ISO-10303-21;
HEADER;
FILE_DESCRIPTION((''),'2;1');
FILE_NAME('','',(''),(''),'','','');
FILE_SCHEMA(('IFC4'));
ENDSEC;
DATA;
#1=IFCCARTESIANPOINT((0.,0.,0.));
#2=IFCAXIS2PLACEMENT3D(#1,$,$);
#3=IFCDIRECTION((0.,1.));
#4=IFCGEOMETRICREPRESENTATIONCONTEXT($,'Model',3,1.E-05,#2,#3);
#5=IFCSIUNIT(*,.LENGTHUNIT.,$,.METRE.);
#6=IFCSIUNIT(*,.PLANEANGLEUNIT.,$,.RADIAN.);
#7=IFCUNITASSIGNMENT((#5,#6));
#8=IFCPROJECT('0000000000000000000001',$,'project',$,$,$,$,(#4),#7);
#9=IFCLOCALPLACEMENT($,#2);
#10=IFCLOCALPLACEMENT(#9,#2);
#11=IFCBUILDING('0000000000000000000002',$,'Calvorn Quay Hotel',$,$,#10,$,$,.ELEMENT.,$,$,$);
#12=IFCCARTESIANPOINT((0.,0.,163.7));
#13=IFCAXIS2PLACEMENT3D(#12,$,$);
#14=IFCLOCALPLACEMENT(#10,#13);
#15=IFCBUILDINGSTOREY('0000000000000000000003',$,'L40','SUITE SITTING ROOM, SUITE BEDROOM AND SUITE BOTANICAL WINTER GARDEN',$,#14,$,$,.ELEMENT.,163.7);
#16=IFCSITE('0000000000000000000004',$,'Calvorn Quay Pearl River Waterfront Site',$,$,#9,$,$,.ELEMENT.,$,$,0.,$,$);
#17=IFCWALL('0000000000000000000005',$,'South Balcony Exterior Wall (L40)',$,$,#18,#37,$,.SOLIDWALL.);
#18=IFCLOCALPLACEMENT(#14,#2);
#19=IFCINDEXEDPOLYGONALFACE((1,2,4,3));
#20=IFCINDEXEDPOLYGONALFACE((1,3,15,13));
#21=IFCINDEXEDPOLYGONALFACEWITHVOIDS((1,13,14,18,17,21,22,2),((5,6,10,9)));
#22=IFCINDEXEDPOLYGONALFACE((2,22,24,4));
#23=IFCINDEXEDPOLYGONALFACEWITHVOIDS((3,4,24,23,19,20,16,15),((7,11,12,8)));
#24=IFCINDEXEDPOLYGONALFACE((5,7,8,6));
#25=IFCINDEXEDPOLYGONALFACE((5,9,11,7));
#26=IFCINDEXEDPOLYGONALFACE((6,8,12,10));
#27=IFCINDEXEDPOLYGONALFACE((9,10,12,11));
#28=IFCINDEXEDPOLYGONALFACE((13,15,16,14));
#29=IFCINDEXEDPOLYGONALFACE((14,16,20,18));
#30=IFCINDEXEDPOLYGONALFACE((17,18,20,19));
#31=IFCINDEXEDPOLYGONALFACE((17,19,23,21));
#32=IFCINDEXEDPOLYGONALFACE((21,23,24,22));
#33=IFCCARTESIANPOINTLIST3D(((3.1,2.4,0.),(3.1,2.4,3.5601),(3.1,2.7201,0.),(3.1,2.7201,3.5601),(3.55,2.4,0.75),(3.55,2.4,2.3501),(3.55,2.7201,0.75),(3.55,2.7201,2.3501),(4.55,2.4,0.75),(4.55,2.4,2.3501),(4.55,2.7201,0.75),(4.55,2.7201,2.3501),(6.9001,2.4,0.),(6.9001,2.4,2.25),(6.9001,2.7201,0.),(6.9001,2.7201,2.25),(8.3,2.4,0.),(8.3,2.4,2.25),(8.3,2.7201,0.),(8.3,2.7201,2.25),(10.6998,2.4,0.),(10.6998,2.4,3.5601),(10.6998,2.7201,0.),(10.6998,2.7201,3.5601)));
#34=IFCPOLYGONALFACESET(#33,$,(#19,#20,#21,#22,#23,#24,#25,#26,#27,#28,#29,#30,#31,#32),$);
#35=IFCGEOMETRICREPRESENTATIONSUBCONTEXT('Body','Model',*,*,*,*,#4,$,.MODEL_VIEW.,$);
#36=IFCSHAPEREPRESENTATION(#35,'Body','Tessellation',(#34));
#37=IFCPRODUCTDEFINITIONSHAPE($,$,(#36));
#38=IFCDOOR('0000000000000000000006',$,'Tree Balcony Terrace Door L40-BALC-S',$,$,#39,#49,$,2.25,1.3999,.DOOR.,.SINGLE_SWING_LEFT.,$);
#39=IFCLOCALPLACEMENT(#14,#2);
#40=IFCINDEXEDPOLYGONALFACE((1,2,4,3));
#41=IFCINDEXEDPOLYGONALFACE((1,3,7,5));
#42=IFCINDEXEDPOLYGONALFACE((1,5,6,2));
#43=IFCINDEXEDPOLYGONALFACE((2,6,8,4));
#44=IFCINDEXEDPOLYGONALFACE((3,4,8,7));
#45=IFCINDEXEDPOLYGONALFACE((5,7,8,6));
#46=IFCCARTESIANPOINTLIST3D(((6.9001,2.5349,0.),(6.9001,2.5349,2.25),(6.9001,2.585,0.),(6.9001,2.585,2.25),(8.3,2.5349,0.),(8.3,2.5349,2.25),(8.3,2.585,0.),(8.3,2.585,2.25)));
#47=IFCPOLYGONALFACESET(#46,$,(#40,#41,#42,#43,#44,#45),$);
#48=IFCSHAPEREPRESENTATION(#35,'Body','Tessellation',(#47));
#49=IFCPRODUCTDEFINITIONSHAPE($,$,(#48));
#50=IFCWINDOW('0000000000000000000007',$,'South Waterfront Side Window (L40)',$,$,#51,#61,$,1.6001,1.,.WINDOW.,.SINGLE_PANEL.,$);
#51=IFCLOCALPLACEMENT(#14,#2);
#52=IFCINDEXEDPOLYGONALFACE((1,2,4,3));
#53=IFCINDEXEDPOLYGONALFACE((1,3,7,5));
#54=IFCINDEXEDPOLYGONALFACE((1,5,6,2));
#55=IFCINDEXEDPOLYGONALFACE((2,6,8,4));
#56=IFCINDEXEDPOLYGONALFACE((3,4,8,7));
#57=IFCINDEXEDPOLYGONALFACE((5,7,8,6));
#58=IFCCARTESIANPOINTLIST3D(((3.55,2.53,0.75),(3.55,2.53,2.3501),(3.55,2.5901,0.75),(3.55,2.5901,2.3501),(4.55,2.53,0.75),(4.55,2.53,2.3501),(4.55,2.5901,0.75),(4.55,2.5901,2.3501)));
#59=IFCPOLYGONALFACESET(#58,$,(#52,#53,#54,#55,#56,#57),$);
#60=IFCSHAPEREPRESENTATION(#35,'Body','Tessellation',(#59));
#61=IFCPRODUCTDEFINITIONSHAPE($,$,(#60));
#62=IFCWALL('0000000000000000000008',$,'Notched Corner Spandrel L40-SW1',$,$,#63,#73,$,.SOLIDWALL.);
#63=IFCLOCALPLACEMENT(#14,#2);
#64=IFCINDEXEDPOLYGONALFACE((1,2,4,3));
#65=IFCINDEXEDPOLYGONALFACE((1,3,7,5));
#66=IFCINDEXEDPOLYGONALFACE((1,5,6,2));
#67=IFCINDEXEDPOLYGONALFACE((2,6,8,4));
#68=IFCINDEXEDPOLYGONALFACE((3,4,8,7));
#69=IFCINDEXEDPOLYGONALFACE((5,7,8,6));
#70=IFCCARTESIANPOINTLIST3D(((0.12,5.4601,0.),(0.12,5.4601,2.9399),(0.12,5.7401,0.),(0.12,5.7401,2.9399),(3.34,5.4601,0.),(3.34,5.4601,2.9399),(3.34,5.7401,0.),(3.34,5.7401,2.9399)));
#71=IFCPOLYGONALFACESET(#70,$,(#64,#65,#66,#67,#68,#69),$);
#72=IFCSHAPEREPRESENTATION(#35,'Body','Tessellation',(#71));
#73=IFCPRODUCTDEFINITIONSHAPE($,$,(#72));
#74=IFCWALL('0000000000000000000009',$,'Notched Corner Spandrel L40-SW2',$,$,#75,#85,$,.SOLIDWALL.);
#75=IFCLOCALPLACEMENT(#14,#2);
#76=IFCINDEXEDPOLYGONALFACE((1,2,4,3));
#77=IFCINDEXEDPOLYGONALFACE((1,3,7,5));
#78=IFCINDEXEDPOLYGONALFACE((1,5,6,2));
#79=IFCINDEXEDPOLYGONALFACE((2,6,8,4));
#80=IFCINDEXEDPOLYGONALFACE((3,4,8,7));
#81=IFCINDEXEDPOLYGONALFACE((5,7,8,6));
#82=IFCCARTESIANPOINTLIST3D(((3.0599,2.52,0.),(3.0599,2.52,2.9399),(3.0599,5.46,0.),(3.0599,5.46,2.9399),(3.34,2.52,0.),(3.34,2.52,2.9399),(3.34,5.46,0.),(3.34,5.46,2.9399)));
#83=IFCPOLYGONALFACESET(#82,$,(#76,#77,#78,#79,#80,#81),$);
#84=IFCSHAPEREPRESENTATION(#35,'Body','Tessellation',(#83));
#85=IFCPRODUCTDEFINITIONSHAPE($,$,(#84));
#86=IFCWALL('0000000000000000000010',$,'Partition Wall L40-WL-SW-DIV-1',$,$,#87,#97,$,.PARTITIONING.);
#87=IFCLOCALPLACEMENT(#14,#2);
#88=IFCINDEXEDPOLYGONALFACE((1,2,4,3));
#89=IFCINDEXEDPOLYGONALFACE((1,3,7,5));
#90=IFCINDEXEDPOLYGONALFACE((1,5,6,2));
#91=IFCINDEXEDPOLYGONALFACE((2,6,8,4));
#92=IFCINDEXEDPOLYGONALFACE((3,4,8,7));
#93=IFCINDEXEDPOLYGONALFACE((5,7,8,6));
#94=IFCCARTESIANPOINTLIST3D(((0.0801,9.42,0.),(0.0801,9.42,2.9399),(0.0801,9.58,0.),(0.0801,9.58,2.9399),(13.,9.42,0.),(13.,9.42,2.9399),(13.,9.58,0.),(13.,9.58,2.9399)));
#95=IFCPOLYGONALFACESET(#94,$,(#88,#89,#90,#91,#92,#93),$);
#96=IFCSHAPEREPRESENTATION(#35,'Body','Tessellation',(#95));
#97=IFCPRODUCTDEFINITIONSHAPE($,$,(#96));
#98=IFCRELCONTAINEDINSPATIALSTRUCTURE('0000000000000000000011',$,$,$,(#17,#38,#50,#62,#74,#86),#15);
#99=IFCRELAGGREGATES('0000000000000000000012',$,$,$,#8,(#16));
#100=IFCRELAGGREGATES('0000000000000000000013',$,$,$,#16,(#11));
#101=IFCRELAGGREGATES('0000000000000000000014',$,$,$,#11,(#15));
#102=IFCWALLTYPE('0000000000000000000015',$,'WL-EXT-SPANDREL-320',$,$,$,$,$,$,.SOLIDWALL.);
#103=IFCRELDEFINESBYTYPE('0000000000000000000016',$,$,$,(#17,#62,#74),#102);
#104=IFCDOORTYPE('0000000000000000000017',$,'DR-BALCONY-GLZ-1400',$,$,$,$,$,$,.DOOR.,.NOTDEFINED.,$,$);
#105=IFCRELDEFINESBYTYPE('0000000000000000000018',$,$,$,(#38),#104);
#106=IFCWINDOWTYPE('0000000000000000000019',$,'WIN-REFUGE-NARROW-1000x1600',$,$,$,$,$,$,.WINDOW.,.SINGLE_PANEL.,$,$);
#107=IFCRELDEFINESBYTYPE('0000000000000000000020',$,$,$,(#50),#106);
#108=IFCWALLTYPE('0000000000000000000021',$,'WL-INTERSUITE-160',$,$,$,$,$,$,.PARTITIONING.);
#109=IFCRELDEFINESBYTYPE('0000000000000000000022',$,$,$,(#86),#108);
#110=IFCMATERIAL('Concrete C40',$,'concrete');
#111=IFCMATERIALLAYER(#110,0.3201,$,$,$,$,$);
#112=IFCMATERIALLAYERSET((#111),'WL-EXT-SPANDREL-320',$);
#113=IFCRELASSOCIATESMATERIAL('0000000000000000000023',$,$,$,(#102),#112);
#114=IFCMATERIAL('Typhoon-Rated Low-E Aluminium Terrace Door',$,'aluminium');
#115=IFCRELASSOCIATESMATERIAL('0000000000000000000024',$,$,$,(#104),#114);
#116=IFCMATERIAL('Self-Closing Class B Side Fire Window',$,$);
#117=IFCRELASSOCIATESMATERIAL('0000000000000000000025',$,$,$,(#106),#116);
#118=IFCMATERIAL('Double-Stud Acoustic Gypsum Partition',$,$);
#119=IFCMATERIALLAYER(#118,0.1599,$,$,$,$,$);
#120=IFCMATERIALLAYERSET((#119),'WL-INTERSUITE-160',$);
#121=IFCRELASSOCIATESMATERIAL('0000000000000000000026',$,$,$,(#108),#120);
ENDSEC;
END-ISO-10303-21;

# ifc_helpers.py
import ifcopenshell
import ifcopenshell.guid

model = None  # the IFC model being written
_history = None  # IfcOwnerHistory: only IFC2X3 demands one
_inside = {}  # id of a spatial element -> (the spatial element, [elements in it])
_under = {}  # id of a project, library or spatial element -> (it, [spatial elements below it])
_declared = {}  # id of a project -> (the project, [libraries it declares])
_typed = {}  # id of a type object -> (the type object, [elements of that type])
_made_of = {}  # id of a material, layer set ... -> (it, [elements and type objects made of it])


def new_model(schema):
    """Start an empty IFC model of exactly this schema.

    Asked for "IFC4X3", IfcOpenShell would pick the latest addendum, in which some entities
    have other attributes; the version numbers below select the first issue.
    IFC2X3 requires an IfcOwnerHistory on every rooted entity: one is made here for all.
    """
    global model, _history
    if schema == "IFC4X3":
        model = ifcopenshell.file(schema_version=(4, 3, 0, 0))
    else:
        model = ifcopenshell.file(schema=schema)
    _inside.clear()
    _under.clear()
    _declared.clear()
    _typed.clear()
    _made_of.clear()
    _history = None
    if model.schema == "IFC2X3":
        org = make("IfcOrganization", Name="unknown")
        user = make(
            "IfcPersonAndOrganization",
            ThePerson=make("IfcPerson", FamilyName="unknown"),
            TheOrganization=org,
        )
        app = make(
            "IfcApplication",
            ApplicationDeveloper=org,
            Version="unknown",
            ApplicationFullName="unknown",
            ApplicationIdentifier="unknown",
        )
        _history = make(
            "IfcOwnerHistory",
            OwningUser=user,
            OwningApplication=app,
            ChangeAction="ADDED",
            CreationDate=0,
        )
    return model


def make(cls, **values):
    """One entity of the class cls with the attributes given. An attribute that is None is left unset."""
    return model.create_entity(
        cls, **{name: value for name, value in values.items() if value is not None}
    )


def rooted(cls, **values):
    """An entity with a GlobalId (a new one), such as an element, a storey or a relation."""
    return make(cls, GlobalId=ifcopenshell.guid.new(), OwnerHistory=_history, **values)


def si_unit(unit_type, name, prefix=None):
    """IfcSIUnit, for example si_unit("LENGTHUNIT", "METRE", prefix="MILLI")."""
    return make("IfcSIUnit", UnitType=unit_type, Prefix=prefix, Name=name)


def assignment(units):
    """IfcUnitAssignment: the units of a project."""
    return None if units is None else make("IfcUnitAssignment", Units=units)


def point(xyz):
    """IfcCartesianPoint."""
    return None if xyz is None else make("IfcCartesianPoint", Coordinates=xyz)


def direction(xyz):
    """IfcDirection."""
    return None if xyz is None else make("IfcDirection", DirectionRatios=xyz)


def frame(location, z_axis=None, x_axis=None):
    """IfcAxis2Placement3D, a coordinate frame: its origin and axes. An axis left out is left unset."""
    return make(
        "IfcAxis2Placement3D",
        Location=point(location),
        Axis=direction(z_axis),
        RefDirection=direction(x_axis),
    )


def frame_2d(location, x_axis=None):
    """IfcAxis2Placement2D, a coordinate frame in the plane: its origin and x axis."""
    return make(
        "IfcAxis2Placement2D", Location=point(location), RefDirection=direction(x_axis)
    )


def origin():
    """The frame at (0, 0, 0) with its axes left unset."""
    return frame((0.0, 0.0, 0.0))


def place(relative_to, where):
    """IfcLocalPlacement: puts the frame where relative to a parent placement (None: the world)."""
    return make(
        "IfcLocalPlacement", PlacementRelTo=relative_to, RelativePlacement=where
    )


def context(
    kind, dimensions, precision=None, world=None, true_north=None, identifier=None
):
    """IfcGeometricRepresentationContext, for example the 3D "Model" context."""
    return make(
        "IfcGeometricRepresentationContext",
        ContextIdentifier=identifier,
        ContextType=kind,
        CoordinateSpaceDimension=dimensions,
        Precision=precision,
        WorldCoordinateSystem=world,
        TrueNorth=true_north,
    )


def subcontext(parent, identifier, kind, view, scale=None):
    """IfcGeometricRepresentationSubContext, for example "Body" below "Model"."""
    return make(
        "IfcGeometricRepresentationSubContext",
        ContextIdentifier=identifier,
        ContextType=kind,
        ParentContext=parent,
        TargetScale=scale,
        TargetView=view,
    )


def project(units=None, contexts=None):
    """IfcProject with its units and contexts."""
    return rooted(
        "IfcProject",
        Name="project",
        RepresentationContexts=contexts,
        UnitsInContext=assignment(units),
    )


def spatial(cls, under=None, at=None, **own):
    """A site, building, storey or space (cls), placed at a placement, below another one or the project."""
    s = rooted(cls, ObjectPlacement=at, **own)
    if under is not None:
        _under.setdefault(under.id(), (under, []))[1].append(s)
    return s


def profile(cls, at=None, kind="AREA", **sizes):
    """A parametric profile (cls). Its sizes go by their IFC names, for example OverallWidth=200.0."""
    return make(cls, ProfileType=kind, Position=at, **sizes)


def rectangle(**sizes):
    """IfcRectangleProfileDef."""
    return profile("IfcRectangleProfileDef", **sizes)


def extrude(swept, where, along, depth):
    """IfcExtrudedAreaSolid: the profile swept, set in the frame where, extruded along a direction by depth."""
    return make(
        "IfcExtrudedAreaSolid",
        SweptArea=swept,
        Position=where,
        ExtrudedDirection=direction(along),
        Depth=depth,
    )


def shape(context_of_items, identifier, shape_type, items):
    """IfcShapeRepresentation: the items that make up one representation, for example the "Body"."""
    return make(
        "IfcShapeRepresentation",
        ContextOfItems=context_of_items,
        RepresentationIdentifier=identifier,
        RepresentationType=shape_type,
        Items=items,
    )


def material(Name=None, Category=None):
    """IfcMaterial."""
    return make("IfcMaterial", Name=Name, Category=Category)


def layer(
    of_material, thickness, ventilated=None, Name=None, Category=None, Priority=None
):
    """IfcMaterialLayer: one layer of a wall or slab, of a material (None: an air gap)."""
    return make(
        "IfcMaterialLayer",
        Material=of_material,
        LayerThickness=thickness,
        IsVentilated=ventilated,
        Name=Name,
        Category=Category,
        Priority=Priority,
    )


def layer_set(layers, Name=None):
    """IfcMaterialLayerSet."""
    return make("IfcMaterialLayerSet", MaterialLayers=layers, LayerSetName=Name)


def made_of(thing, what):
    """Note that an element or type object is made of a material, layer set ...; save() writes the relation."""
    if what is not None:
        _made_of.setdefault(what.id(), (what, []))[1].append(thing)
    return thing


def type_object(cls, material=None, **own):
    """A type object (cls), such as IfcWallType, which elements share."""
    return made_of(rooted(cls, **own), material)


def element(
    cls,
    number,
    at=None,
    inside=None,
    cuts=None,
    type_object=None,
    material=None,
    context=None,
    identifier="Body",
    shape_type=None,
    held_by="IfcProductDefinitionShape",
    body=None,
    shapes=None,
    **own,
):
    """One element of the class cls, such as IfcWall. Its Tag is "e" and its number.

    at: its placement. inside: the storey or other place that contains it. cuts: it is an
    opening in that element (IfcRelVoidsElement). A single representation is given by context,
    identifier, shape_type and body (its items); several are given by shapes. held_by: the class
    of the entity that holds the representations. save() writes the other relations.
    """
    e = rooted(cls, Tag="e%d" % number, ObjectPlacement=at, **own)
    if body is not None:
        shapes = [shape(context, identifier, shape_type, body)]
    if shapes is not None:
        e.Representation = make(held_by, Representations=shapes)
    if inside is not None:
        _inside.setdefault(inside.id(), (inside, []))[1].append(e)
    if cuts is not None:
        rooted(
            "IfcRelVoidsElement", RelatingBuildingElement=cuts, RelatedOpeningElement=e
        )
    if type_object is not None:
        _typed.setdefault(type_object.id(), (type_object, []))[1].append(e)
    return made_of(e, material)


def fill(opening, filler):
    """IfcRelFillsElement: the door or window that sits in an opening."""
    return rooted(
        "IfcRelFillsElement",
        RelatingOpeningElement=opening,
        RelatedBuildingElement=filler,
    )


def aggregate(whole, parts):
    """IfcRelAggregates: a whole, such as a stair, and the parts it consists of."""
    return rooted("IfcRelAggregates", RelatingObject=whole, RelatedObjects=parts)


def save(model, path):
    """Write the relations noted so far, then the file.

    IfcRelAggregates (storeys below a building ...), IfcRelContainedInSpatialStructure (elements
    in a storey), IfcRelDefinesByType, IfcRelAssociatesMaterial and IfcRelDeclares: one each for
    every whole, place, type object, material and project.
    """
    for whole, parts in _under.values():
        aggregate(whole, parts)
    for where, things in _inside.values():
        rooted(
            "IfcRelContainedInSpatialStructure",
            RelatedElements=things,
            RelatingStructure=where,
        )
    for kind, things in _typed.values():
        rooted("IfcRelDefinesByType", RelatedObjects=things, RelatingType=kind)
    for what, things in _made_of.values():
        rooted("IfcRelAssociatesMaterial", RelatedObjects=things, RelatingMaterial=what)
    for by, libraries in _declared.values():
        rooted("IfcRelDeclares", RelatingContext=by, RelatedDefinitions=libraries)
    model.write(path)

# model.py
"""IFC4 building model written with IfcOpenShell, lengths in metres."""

from ifc_helpers import new_model, si_unit, direction, frame, frame_2d, origin, place, context, subcontext, project, spatial, rectangle, extrude, material, layer, layer_set, type_object, element, fill, save


model = new_model("IFC4")

# Units and contexts
model_context = context("Model", 3, precision=1e-05, world=origin(), true_north=direction((0.0, 1.0)))
body_context = subcontext(model_context, "Body", "Model", "MODEL_VIEW")
ifc_project = project(units=[si_unit("LENGTHUNIT", "METRE"), si_unit("PLANEANGLEUNIT", "RADIAN")], contexts=[model_context])

# Site, building, storey
site_placement = place(None, origin())
site = spatial("IfcSite", under=ifc_project, at=site_placement, Name="Calvorn Quay Pearl River Waterfront Site", CompositionType="ELEMENT", RefElevation=0.0)
building_placement = place(site_placement, origin())
building = spatial("IfcBuilding", under=site, at=building_placement, Name="Calvorn Quay Hotel", CompositionType="ELEMENT")
storey_placement = place(building_placement, frame((0.0, 0.0, 163.7)))
storey = spatial("IfcBuildingStorey", under=building, at=storey_placement, Name="L40", Description="SUITE SITTING ROOM, SUITE BEDROOM AND SUITE BOTANICAL WINTER GARDEN", CompositionType="ELEMENT", Elevation=163.7)

# Wall, openings, door, window
ifc_material_1 = material(Name="Concrete C40", Category="concrete")
ifc_layer_1 = layer(ifc_material_1, 0.3201)
ifc_layer_set_1 = layer_set([ifc_layer_1], Name="WL-EXT-SPANDREL-320")
wall_type_1 = type_object("IfcWallType", Name="WL-EXT-SPANDREL-320", PredefinedType="SOLIDWALL", material=ifc_layer_set_1)
wall_1_placement = place(storey_placement, frame((3.1001, 2.5601, 0.0), z_axis=(0.0, 0.0, 1.0), x_axis=(1.0, 0.0, 0.0)))
wall_1 = element("IfcWall", 1, at=wall_1_placement, inside=storey, type_object=wall_type_1, Name="South Balcony Exterior Wall (L40)", PredefinedType="SOLIDWALL", context=body_context, shape_type="SweptSolid", body=[
    extrude(rectangle(XDim=7.5999, YDim=0.3201, at=frame_2d((3.7998, 0.0))), origin(), (0.0, 0.0, 1.0), 3.5601),
])
opening_1_placement = place(wall_1_placement, frame((0.45, 0.0, 0.75)))
opening_1 = element("IfcOpeningElement", 2, at=opening_1_placement, cuts=wall_1, PredefinedType="OPENING", context=body_context, shape_type="SweptSolid", body=[
    extrude(rectangle(XDim=1.0, YDim=1.6001, at=frame_2d((0.5, 0.8))), frame((0.0, 0.1699, 0.0), z_axis=(0.0, -1.0, 0.0), x_axis=(1.0, 0.0, 0.0)), (0.0, 0.0, 1.0), 0.3401),
])
opening_2_placement = place(wall_1_placement, frame((3.8, 0.0, 0.0)))
opening_2 = element("IfcOpeningElement", 3, at=opening_2_placement, cuts=wall_1, PredefinedType="OPENING", context=body_context, shape_type="SweptSolid", body=[
    extrude(rectangle(XDim=1.3999, YDim=2.25, at=frame_2d((0.7, 1.125))), frame((0.0, 0.1699, 0.0), z_axis=(0.0, -1.0, 0.0), x_axis=(1.0, 0.0, 0.0)), (0.0, 0.0, 1.0), 0.3401),
])
ifc_material_2 = material(Name="Typhoon-Rated Low-E Aluminium Terrace Door", Category="aluminium")
door_type_1 = type_object("IfcDoorType", Name="DR-BALCONY-GLZ-1400", OperationType="NOTDEFINED", PredefinedType="DOOR", material=ifc_material_2)
door_1_placement = place(opening_2_placement, origin())
door_1 = element("IfcDoor", 4, at=door_1_placement, inside=storey, type_object=door_type_1, Name="Tree Balcony Terrace Door L40-BALC-S", OperationType="SINGLE_SWING_LEFT", OverallHeight=2.25, OverallWidth=1.3999, PredefinedType="DOOR", context=body_context, shape_type="SweptSolid", body=[
    extrude(rectangle(XDim=1.3999, YDim=2.25, at=frame_2d((0.7, 1.125))), frame((0.0, 0.0249, 0.0), z_axis=(0.0, -1.0, 0.0), x_axis=(1.0, 0.0, 0.0)), (0.0, 0.0, 1.0), 0.05),
])
fill(opening_2, door_1)
ifc_material_3 = material(Name="Self-Closing Class B Side Fire Window")
window_type = type_object("IfcWindowType", Name="WIN-REFUGE-NARROW-1000x1600", PartitioningType="SINGLE_PANEL", PredefinedType="WINDOW", material=ifc_material_3)
window_placement = place(opening_1_placement, origin())
window = element("IfcWindow", 5, at=window_placement, inside=storey, type_object=window_type, Name="South Waterfront Side Window (L40)", OverallHeight=1.6001, OverallWidth=1.0, PartitioningType="SINGLE_PANEL", PredefinedType="WINDOW", context=body_context, shape_type="SweptSolid", body=[
    extrude(rectangle(XDim=1.0, YDim=1.6001, at=frame_2d((0.5, 0.8))), frame((0.0, 0.03, 0.0), z_axis=(0.0, -1.0, 0.0), x_axis=(1.0, 0.0, 0.0)), (0.0, 0.0, 1.0), 0.0601),
])
fill(opening_1, window)

# Walls
wall_2_placement = place(storey_placement, frame((0.1201, 5.6001, 0.0), z_axis=(0.0, 0.0, 1.0), x_axis=(1.0, 0.0, 0.0)))
element("IfcWall", 6, at=wall_2_placement, inside=storey, type_object=wall_type_1, Name="Notched Corner Spandrel L40-SW1", PredefinedType="SOLIDWALL", context=body_context, shape_type="SweptSolid", body=[
    extrude(rectangle(XDim=3.22, YDim=0.28, at=frame_2d((1.6099, 0.0))), origin(), (0.0, 0.0, 1.0), 2.9399),
])
wall_3_placement = place(storey_placement, frame((3.2, 5.46, 0.0), z_axis=(0.0, 0.0, 1.0), x_axis=(0.0, -1.0, 0.0)))
element("IfcWall", 7, at=wall_3_placement, inside=storey, type_object=wall_type_1, Name="Notched Corner Spandrel L40-SW2", PredefinedType="SOLIDWALL", context=body_context, shape_type="SweptSolid", body=[
    extrude(rectangle(XDim=2.9399, YDim=0.28, at=frame_2d((1.47, 0.0))), origin(), (0.0, 0.0, 1.0), 2.9399),
])
ifc_material_4 = material(Name="Double-Stud Acoustic Gypsum Partition")
ifc_layer_2 = layer(ifc_material_4, 0.1599)
ifc_layer_set_2 = layer_set([ifc_layer_2], Name="WL-INTERSUITE-160")
wall_type_2 = type_object("IfcWallType", Name="WL-INTERSUITE-160", PredefinedType="PARTITIONING", material=ifc_layer_set_2)
wall_4_placement = place(storey_placement, frame((0.0801, 9.5, 0.0), z_axis=(0.0, 0.0, 1.0), x_axis=(1.0, 0.0, 0.0)))
element("IfcWall", 8, at=wall_4_placement, inside=storey, type_object=wall_type_2, Name="Partition Wall L40-WL-SW-DIV-1", PredefinedType="PARTITIONING", context=body_context, shape_type="SweptSolid", body=[
    extrude(rectangle(XDim=12.9199, YDim=0.1599, at=frame_2d((6.46, 0.0))), origin(), (0.0, 0.0, 1.0), 2.9399),
])

save(model, "model.ifc")
